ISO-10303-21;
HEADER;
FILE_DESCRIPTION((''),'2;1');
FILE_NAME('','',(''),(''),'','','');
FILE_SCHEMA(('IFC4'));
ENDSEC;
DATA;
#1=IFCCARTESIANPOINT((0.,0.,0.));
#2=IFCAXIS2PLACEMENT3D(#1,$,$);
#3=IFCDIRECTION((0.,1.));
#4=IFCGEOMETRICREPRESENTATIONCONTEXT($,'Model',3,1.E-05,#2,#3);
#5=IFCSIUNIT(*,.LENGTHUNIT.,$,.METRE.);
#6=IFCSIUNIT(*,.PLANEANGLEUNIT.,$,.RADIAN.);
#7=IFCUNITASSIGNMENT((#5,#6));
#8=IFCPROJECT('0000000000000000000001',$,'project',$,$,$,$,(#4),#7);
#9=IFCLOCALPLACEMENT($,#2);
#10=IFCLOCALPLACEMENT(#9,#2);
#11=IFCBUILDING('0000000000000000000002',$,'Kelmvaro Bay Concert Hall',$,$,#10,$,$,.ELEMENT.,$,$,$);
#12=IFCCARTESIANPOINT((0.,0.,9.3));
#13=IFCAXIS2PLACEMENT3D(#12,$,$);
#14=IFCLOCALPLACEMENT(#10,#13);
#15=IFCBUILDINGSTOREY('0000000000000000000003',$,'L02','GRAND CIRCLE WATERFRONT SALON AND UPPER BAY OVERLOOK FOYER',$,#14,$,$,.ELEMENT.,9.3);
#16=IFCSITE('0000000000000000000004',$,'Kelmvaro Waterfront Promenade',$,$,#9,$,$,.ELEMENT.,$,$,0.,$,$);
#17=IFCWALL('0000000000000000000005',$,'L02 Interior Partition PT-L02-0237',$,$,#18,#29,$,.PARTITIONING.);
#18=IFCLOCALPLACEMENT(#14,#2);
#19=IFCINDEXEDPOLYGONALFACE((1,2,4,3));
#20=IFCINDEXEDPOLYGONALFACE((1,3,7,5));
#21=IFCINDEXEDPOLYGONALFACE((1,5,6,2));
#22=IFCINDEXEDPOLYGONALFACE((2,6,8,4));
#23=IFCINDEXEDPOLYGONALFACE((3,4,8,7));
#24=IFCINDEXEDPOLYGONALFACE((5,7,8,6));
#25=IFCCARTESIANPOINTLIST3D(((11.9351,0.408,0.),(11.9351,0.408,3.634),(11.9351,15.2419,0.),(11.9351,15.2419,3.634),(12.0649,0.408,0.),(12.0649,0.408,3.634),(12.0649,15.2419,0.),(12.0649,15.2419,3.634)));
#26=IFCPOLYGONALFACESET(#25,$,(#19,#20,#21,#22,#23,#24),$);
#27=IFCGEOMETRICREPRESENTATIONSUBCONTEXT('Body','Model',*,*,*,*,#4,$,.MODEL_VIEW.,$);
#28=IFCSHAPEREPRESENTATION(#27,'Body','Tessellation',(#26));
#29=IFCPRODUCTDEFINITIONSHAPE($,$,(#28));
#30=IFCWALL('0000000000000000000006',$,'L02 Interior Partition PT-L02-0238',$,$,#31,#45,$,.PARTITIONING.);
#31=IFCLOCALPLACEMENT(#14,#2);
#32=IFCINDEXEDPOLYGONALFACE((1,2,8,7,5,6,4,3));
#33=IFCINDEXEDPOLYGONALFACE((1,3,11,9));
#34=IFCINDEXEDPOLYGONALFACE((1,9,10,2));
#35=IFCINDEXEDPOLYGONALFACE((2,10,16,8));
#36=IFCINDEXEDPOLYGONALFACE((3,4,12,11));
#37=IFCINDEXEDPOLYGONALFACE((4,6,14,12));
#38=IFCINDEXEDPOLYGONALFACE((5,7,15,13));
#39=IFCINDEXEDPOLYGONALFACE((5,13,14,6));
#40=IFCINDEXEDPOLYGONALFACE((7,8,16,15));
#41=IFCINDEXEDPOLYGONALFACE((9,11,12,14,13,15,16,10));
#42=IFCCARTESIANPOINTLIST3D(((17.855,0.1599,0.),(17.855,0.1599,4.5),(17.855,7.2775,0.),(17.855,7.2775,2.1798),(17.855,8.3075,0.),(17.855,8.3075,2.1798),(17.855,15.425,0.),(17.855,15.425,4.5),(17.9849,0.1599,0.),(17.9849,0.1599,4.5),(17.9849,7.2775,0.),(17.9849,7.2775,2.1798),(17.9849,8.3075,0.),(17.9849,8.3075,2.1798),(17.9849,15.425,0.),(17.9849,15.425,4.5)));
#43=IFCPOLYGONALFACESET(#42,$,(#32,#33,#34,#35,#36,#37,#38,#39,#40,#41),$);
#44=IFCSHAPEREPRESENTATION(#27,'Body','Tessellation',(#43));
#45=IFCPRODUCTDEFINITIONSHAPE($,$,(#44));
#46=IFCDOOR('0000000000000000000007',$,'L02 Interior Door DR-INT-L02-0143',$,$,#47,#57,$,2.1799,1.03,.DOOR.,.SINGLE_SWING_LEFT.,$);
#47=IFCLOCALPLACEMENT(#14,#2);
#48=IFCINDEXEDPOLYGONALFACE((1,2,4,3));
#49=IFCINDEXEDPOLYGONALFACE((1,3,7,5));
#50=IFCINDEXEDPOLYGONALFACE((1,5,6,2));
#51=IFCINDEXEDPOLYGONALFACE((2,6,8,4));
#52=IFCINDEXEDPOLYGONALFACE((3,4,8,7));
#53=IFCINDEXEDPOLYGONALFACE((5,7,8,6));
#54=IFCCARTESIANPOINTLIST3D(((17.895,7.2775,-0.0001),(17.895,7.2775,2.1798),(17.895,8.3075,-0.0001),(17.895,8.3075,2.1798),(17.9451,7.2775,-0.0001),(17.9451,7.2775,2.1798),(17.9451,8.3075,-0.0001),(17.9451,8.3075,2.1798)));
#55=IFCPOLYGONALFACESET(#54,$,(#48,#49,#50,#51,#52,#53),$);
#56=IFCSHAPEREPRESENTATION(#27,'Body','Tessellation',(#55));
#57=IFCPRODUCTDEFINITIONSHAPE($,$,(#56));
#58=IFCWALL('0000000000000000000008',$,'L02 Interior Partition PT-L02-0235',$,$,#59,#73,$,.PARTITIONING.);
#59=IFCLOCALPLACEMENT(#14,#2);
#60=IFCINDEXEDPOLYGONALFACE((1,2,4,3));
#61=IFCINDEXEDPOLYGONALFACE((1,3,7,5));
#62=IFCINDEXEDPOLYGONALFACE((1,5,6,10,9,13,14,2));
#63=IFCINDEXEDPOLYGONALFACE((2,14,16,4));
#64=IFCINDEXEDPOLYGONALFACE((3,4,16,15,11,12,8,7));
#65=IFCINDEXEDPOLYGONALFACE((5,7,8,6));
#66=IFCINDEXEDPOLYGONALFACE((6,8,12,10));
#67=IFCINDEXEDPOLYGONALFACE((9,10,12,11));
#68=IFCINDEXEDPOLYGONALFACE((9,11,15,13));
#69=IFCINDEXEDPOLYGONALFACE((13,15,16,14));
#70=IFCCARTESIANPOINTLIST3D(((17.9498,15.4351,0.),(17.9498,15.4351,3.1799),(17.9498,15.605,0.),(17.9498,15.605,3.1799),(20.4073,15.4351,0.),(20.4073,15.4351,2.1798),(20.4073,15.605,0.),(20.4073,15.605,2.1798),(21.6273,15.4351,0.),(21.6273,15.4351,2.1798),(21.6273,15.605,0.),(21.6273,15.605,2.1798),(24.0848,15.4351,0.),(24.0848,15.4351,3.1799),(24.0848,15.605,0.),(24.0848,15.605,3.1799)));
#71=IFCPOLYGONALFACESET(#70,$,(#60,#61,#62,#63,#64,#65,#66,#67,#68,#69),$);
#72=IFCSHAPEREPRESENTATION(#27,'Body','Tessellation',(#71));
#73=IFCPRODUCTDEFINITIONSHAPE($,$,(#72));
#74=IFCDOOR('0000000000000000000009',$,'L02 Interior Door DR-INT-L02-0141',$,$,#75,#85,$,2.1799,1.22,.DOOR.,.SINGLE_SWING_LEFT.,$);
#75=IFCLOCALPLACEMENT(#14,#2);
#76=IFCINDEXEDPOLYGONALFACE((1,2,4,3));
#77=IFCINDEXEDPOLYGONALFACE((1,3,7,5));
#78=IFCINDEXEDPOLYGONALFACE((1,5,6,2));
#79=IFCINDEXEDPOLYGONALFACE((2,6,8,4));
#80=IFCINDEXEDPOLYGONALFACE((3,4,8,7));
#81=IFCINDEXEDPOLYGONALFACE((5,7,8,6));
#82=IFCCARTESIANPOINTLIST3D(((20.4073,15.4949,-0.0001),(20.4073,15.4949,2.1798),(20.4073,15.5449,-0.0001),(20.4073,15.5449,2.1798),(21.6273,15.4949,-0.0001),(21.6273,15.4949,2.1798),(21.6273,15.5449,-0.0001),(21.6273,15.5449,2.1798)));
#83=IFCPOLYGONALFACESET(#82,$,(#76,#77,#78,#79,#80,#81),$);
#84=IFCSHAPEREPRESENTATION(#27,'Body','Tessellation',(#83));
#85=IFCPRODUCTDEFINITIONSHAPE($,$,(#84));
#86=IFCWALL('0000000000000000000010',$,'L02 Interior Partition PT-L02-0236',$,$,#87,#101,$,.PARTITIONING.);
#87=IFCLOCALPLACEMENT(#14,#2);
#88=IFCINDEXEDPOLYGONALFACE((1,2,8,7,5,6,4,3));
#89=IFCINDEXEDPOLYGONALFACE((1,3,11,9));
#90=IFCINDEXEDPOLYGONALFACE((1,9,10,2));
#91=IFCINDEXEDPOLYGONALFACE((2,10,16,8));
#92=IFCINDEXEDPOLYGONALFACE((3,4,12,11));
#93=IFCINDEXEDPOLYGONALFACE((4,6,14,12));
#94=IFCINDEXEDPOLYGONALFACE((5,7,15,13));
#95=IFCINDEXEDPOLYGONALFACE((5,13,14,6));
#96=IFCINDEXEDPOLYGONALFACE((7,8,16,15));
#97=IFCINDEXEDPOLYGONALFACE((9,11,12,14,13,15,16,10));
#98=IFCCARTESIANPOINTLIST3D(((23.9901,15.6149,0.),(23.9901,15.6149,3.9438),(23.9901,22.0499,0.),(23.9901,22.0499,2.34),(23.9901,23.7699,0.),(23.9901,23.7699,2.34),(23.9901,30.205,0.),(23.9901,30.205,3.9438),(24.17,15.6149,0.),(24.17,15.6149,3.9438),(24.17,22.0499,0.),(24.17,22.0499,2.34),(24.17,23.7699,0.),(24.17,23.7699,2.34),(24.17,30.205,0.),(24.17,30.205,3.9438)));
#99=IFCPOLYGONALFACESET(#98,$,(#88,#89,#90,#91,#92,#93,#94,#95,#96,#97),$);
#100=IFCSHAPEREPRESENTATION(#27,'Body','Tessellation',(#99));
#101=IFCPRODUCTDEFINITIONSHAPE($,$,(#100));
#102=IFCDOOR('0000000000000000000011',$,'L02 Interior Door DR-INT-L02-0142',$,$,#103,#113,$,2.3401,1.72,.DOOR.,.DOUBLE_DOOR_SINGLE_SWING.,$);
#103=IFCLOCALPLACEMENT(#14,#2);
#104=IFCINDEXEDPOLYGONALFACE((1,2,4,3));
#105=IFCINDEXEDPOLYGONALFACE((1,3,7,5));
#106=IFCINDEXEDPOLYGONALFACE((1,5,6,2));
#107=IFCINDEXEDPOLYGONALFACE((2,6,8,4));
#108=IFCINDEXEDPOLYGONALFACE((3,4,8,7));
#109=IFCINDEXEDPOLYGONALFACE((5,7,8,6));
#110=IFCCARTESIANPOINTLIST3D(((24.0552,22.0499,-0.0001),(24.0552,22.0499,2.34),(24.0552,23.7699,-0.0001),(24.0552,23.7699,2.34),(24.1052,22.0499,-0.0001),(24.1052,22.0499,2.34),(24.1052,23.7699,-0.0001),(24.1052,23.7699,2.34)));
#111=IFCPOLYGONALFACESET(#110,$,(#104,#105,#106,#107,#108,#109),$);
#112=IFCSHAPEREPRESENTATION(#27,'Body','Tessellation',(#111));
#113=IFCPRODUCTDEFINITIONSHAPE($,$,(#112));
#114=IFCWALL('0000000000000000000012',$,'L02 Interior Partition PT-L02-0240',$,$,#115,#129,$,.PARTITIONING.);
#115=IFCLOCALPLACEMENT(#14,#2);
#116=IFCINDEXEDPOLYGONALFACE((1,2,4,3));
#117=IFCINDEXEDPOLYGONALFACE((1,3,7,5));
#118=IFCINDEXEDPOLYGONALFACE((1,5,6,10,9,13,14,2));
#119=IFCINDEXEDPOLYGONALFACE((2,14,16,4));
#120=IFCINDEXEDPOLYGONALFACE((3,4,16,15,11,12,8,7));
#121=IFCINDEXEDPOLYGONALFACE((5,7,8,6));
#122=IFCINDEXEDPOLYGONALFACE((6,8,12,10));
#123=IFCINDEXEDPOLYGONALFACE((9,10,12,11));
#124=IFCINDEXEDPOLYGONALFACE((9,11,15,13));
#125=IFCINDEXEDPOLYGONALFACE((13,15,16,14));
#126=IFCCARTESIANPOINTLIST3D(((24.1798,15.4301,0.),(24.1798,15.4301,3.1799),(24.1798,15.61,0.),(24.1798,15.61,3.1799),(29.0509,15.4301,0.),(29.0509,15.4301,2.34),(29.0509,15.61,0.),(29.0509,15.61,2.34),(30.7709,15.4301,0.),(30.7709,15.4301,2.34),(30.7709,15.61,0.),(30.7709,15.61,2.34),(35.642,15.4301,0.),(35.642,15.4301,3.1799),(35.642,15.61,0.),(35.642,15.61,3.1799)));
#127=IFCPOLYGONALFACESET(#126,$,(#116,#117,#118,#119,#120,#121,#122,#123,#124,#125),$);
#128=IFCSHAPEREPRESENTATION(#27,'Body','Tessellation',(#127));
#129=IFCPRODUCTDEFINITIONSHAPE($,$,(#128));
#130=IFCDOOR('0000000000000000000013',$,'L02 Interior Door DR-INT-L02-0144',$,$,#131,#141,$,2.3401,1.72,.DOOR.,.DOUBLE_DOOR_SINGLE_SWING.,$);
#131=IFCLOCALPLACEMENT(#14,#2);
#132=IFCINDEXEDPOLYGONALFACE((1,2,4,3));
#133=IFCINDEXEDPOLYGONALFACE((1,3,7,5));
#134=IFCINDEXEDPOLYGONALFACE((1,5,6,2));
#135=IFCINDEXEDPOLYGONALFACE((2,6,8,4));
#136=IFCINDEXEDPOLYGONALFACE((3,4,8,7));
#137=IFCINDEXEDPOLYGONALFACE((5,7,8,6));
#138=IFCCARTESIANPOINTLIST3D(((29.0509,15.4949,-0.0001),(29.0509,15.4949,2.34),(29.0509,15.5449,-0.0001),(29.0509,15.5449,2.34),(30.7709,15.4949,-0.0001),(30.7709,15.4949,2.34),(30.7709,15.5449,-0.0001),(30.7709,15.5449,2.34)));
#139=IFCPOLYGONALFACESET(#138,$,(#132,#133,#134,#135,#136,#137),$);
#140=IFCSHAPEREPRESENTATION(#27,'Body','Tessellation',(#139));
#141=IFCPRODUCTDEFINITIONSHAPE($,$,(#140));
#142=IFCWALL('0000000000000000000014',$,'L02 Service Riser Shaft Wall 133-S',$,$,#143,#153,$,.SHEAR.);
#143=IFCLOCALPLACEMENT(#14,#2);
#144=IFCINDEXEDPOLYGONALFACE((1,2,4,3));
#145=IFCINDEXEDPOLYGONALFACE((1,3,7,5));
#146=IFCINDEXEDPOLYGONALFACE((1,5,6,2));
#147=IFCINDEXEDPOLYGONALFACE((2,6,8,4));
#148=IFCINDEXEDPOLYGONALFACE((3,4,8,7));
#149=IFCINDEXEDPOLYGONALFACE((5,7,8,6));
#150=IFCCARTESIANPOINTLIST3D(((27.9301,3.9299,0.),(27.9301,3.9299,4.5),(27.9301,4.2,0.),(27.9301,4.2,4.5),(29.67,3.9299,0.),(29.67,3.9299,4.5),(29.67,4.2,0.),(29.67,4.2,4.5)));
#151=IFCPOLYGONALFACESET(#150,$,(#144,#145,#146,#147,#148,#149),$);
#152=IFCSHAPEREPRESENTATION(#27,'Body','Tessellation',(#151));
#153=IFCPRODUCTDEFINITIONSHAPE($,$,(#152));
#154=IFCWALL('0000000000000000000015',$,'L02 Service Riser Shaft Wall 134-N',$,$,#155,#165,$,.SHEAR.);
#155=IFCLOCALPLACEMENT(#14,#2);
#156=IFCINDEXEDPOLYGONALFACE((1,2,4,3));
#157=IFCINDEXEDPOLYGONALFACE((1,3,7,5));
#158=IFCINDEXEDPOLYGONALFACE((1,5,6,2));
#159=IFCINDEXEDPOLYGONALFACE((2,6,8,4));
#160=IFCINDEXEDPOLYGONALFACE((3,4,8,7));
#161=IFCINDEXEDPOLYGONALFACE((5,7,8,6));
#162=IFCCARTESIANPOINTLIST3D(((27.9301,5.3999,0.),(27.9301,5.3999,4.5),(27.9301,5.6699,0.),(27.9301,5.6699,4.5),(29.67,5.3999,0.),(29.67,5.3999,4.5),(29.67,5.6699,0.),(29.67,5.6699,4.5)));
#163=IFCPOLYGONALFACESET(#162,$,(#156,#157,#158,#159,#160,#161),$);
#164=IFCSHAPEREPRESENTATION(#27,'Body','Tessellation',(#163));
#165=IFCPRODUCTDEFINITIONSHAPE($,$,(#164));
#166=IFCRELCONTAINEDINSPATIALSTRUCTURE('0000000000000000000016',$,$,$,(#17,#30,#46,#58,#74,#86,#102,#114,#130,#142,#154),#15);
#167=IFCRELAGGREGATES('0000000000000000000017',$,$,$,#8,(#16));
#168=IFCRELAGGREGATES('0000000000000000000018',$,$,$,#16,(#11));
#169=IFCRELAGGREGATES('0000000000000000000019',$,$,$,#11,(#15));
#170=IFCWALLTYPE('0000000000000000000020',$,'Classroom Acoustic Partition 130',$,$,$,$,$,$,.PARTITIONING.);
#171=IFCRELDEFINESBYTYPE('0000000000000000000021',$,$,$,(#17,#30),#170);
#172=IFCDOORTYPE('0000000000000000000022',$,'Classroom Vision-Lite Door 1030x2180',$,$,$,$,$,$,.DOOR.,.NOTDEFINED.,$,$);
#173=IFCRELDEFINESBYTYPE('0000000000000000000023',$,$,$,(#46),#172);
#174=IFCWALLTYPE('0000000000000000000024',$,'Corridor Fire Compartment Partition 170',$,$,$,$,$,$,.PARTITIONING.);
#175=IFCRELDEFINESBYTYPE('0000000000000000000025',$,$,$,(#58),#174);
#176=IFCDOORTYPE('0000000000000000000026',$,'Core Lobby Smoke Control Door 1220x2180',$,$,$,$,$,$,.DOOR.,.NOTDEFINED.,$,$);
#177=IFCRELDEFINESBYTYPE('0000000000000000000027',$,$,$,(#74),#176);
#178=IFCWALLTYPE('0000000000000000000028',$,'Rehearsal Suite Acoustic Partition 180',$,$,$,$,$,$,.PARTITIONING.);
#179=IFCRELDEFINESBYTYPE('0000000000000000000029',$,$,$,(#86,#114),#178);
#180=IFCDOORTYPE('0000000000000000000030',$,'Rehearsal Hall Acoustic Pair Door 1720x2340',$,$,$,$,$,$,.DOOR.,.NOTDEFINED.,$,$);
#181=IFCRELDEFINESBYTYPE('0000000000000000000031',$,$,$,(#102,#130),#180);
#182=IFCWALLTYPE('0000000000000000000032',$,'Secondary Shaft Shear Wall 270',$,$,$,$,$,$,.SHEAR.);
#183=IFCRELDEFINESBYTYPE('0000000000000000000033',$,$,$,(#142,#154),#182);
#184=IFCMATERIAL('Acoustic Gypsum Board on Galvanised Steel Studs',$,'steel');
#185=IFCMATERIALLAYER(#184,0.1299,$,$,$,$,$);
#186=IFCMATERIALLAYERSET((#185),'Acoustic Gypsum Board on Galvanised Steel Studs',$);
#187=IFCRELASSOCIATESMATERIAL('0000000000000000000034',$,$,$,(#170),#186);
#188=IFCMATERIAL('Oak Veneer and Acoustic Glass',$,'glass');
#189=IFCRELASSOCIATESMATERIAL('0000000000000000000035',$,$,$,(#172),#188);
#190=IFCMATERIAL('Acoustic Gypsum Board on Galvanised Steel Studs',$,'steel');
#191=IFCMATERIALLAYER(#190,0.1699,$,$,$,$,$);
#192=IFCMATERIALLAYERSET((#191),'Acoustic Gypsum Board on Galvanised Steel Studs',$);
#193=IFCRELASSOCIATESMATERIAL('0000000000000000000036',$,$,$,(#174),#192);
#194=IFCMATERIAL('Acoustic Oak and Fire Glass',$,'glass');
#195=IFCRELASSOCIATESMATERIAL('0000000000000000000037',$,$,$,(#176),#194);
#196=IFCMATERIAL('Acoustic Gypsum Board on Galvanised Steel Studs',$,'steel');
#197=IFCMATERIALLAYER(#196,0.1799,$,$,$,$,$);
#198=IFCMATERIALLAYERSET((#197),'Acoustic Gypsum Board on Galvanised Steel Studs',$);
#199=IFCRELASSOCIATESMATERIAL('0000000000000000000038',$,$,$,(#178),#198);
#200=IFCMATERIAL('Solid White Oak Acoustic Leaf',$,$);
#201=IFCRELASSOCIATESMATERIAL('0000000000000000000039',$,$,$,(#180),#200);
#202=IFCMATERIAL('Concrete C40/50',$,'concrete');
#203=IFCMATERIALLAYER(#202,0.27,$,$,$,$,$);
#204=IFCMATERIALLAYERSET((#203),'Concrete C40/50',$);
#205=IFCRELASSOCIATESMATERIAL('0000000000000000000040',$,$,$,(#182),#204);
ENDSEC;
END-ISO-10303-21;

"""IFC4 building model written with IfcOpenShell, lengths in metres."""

from ifc_helpers import new_model, si_unit, direction, frame, frame_2d, origin, place, context, subcontext, project, spatial, rectangle, extrude, material, layer, layer_set, type_object, element, fill, save


model = new_model("IFC4")

# Units and contexts
model_context = context("Model", 3, precision=1e-05, world=origin(), true_north=direction((0.0, 1.0)))
body_context = subcontext(model_context, "Body", "Model", "MODEL_VIEW")
ifc_project = project(units=[si_unit("LENGTHUNIT", "METRE"), si_unit("PLANEANGLEUNIT", "RADIAN")], contexts=[model_context])

# Site, building, storey
site_placement = place(None, origin())
site = spatial("IfcSite", under=ifc_project, at=site_placement, Name="Kelmvaro Waterfront Promenade", CompositionType="ELEMENT", RefElevation=0.0)
building_placement = place(site_placement, origin())
building = spatial("IfcBuilding", under=site, at=building_placement, Name="Kelmvaro Bay Concert Hall", CompositionType="ELEMENT")
storey_placement = place(building_placement, frame((0.0, 0.0, 9.3)))
storey = spatial("IfcBuildingStorey", under=building, at=storey_placement, Name="L02", Description="GRAND CIRCLE WATERFRONT SALON AND UPPER BAY OVERLOOK FOYER", CompositionType="ELEMENT", Elevation=9.3)

# Shared definitions
ifc_material_1 = material(Name="Acoustic Gypsum Board on Galvanised Steel Studs", Category="steel")
ifc_layer_1 = layer(ifc_material_1, 0.1299)
ifc_layer_set_1 = layer_set([ifc_layer_1], Name="Acoustic Gypsum Board on Galvanised Steel Studs")
wall_type_1 = type_object("IfcWallType", Name="Classroom Acoustic Partition 130", PredefinedType="PARTITIONING", material=ifc_layer_set_1)
ifc_material_2 = material(Name="Oak Veneer and Acoustic Glass", Category="glass")
door_type_1 = type_object("IfcDoorType", Name="Classroom Vision-Lite Door 1030x2180", OperationType="NOTDEFINED", PredefinedType="DOOR", material=ifc_material_2)

# Wall
wall_1_placement = place(storey_placement, frame((12.0, 0.408, 0.0), z_axis=(0.0, 0.0, 1.0), x_axis=(0.0, 1.0, 0.0)))
element("IfcWall", 1, at=wall_1_placement, inside=storey, type_object=wall_type_1, Name="L02 Interior Partition PT-L02-0237", PredefinedType="PARTITIONING", context=body_context, shape_type="SweptSolid", body=[
    extrude(rectangle(XDim=14.834, YDim=0.1299, at=frame_2d((7.417, 0.0))), origin(), (0.0, 0.0, 1.0), 3.634),
])

# Walls, openings, doors
wall_2_placement = place(storey_placement, frame((17.9199, 0.1599, 0.0), z_axis=(0.0, 0.0, 1.0), x_axis=(0.0, 1.0, 0.0)))
wall_2 = element("IfcWall", 2, at=wall_2_placement, inside=storey, type_object=wall_type_1, Name="L02 Interior Partition PT-L02-0238", PredefinedType="PARTITIONING", context=body_context, shape_type="SweptSolid", body=[
    extrude(rectangle(XDim=15.2651, YDim=0.1299, at=frame_2d((7.6326, 0.0))), origin(), (0.0, 0.0, 1.0), 4.5),
])
opening_1_placement = place(wall_2_placement, frame((7.1174, 0.0, 0.0)))
opening_1 = element("IfcOpeningElement", 3, at=opening_1_placement, cuts=wall_2, PredefinedType="OPENING", context=body_context, shape_type="SweptSolid", body=[
    extrude(rectangle(XDim=1.03, YDim=2.1799, at=frame_2d((0.5151, 1.0898))), frame((0.0, 0.075, 0.0), z_axis=(0.0, -1.0, 0.0), x_axis=(1.0, 0.0, 0.0)), (0.0, 0.0, 1.0), 0.1499),
])
door_1_placement = place(opening_1_placement, origin())
door_1 = element("IfcDoor", 4, at=door_1_placement, inside=storey, type_object=door_type_1, Name="L02 Interior Door DR-INT-L02-0143", OperationType="SINGLE_SWING_LEFT", OverallHeight=2.1799, OverallWidth=1.03, PredefinedType="DOOR", context=body_context, shape_type="SweptSolid", body=[
    extrude(rectangle(XDim=1.03, YDim=2.1799, at=frame_2d((0.5151, 1.0898))), frame((0.0, 0.0249, 0.0), z_axis=(0.0, -1.0, 0.0), x_axis=(1.0, 0.0, 0.0)), (0.0, 0.0, 1.0), 0.05),
])
fill(opening_1, door_1)
ifc_material_3 = material(Name="Acoustic Gypsum Board on Galvanised Steel Studs", Category="steel")
ifc_layer_2 = layer(ifc_material_3, 0.1699)
ifc_layer_set_2 = layer_set([ifc_layer_2], Name="Acoustic Gypsum Board on Galvanised Steel Studs")
wall_type_2 = type_object("IfcWallType", Name="Corridor Fire Compartment Partition 170", PredefinedType="PARTITIONING", material=ifc_layer_set_2)
wall_3_placement = place(storey_placement, frame((17.95, 15.52, 0.0), z_axis=(0.0, 0.0, 1.0), x_axis=(1.0, 0.0, 0.0)))
wall_3 = element("IfcWall", 5, at=wall_3_placement, inside=storey, type_object=wall_type_2, Name="L02 Interior Partition PT-L02-0235", PredefinedType="PARTITIONING", context=body_context, shape_type="SweptSolid", body=[
    extrude(rectangle(XDim=6.135, YDim=0.1699, at=frame_2d((3.0674, 0.0))), origin(), (0.0, 0.0, 1.0), 3.1799),
])
opening_2_placement = place(wall_3_placement, frame((2.4575, 0.0, 0.0)))
opening_2 = element("IfcOpeningElement", 6, at=opening_2_placement, cuts=wall_3, PredefinedType="OPENING", context=body_context, shape_type="SweptSolid", body=[
    extrude(rectangle(XDim=1.22, YDim=2.1799, at=frame_2d((0.6099, 1.0898))), frame((0.0, 0.095, 0.0), z_axis=(0.0, -1.0, 0.0), x_axis=(1.0, 0.0, 0.0)), (0.0, 0.0, 1.0), 0.1899),
])
ifc_material_4 = material(Name="Acoustic Oak and Fire Glass", Category="glass")
door_type_2 = type_object("IfcDoorType", Name="Core Lobby Smoke Control Door 1220x2180", OperationType="NOTDEFINED", PredefinedType="DOOR", material=ifc_material_4)
door_2_placement = place(opening_2_placement, origin())
door_2 = element("IfcDoor", 7, at=door_2_placement, inside=storey, type_object=door_type_2, Name="L02 Interior Door DR-INT-L02-0141", OperationType="SINGLE_SWING_LEFT", OverallHeight=2.1799, OverallWidth=1.22, PredefinedType="DOOR", context=body_context, shape_type="SweptSolid", body=[
    extrude(rectangle(XDim=1.22, YDim=2.1799, at=frame_2d((0.6099, 1.0898))), frame((0.0, 0.0249, 0.0), z_axis=(0.0, -1.0, 0.0), x_axis=(1.0, 0.0, 0.0)), (0.0, 0.0, 1.0), 0.05),
])
fill(opening_2, door_2)
ifc_material_5 = material(Name="Acoustic Gypsum Board on Galvanised Steel Studs", Category="steel")
ifc_layer_3 = layer(ifc_material_5, 0.1799)
ifc_layer_set_3 = layer_set([ifc_layer_3], Name="Acoustic Gypsum Board on Galvanised Steel Studs")
wall_type_3 = type_object("IfcWallType", Name="Rehearsal Suite Acoustic Partition 180", PredefinedType="PARTITIONING", material=ifc_layer_set_3)
wall_4_placement = place(storey_placement, frame((24.0801, 15.615, 0.0), z_axis=(0.0, 0.0, 1.0), x_axis=(0.0, 1.0, 0.0)))
wall_4 = element("IfcWall", 8, at=wall_4_placement, inside=storey, type_object=wall_type_3, Name="L02 Interior Partition PT-L02-0236", PredefinedType="PARTITIONING", context=body_context, shape_type="SweptSolid", body=[
    extrude(rectangle(XDim=14.5901, YDim=0.1799, at=frame_2d((7.2949, 0.0))), origin(), (0.0, 0.0, 1.0), 3.9438),
])
opening_3_placement = place(wall_4_placement, frame((6.4351, 0.0, 0.0)))
opening_3 = element("IfcOpeningElement", 9, at=opening_3_placement, cuts=wall_4, PredefinedType="OPENING", context=body_context, shape_type="SweptSolid", body=[
    extrude(rectangle(XDim=1.72, YDim=2.3401, at=frame_2d((0.8599, 1.1699))), frame((0.0, 0.0999, 0.0), z_axis=(0.0, -1.0, 0.0), x_axis=(1.0, 0.0, 0.0)), (0.0, 0.0, 1.0), 0.2),
])
ifc_material_6 = material(Name="Solid White Oak Acoustic Leaf")
door_type_3 = type_object("IfcDoorType", Name="Rehearsal Hall Acoustic Pair Door 1720x2340", OperationType="NOTDEFINED", PredefinedType="DOOR", material=ifc_material_6)
door_3_placement = place(opening_3_placement, origin())
door_3 = element("IfcDoor", 10, at=door_3_placement, inside=storey, type_object=door_type_3, Name="L02 Interior Door DR-INT-L02-0142", OperationType="DOUBLE_DOOR_SINGLE_SWING", OverallHeight=2.3401, OverallWidth=1.72, PredefinedType="DOOR", context=body_context, shape_type="SweptSolid", body=[
    extrude(rectangle(XDim=1.72, YDim=2.3401, at=frame_2d((0.8599, 1.1699))), frame((0.0, 0.0249, 0.0), z_axis=(0.0, -1.0, 0.0), x_axis=(1.0, 0.0, 0.0)), (0.0, 0.0, 1.0), 0.05),
])
fill(opening_3, door_3)
wall_5_placement = place(storey_placement, frame((24.1799, 15.52, 0.0), z_axis=(0.0, 0.0, 1.0), x_axis=(1.0, 0.0, 0.0)))
wall_5 = element("IfcWall", 11, at=wall_5_placement, inside=storey, type_object=wall_type_3, Name="L02 Interior Partition PT-L02-0240", PredefinedType="PARTITIONING", context=body_context, shape_type="SweptSolid", body=[
    extrude(rectangle(XDim=11.4622, YDim=0.1799, at=frame_2d((5.731, 0.0))), origin(), (0.0, 0.0, 1.0), 3.1799),
])
opening_4_placement = place(wall_5_placement, frame((4.8711, 0.0, 0.0)))
opening_4 = element("IfcOpeningElement", 12, at=opening_4_placement, cuts=wall_5, PredefinedType="OPENING", context=body_context, shape_type="SweptSolid", body=[
    extrude(rectangle(XDim=1.72, YDim=2.3401, at=frame_2d((0.8599, 1.1699))), frame((0.0, 0.0999, 0.0), z_axis=(0.0, -1.0, 0.0), x_axis=(1.0, 0.0, 0.0)), (0.0, 0.0, 1.0), 0.2),
])
door_4_placement = place(opening_4_placement, origin())
door_4 = element("IfcDoor", 13, at=door_4_placement, inside=storey, type_object=door_type_3, Name="L02 Interior Door DR-INT-L02-0144", OperationType="DOUBLE_DOOR_SINGLE_SWING", OverallHeight=2.3401, OverallWidth=1.72, PredefinedType="DOOR", context=body_context, shape_type="SweptSolid", body=[
    extrude(rectangle(XDim=1.72, YDim=2.3401, at=frame_2d((0.8599, 1.1699))), frame((0.0, 0.0249, 0.0), z_axis=(0.0, -1.0, 0.0), x_axis=(1.0, 0.0, 0.0)), (0.0, 0.0, 1.0), 0.05),
])
fill(opening_4, door_4)

# Walls
ifc_material_7 = material(Name="Concrete C40/50", Category="concrete")
ifc_layer_4 = layer(ifc_material_7, 0.27)
ifc_layer_set_4 = layer_set([ifc_layer_4], Name="Concrete C40/50")
wall_type_4 = type_object("IfcWallType", Name="Secondary Shaft Shear Wall 270", PredefinedType="SHEAR", material=ifc_layer_set_4)
for number, where, z_axis, x_axis, name in (
    (14, (27.9299, 4.0649, 0.0), (0.0, 0.0, 1.0), (1.0, 0.0, 0.0), "L02 Service Riser Shaft Wall 133-S"),
    (15, (27.9299, 5.5349, 0.0), (0.0, 0.0, 1.0), (1.0, 0.0, 0.0), "L02 Service Riser Shaft Wall 134-N"),
):
    element("IfcWall", number, at=place(storey_placement, frame(where, z_axis=z_axis, x_axis=x_axis)), inside=storey, type_object=wall_type_4, Name=name, PredefinedType="SHEAR", context=body_context, shape_type="SweptSolid", body=[
        extrude(rectangle(XDim=1.74, YDim=0.27, at=frame_2d((0.8701, 0.0))), origin(), (0.0, 0.0, 1.0), 4.5),
    ])

save(model, "model.ifc")
